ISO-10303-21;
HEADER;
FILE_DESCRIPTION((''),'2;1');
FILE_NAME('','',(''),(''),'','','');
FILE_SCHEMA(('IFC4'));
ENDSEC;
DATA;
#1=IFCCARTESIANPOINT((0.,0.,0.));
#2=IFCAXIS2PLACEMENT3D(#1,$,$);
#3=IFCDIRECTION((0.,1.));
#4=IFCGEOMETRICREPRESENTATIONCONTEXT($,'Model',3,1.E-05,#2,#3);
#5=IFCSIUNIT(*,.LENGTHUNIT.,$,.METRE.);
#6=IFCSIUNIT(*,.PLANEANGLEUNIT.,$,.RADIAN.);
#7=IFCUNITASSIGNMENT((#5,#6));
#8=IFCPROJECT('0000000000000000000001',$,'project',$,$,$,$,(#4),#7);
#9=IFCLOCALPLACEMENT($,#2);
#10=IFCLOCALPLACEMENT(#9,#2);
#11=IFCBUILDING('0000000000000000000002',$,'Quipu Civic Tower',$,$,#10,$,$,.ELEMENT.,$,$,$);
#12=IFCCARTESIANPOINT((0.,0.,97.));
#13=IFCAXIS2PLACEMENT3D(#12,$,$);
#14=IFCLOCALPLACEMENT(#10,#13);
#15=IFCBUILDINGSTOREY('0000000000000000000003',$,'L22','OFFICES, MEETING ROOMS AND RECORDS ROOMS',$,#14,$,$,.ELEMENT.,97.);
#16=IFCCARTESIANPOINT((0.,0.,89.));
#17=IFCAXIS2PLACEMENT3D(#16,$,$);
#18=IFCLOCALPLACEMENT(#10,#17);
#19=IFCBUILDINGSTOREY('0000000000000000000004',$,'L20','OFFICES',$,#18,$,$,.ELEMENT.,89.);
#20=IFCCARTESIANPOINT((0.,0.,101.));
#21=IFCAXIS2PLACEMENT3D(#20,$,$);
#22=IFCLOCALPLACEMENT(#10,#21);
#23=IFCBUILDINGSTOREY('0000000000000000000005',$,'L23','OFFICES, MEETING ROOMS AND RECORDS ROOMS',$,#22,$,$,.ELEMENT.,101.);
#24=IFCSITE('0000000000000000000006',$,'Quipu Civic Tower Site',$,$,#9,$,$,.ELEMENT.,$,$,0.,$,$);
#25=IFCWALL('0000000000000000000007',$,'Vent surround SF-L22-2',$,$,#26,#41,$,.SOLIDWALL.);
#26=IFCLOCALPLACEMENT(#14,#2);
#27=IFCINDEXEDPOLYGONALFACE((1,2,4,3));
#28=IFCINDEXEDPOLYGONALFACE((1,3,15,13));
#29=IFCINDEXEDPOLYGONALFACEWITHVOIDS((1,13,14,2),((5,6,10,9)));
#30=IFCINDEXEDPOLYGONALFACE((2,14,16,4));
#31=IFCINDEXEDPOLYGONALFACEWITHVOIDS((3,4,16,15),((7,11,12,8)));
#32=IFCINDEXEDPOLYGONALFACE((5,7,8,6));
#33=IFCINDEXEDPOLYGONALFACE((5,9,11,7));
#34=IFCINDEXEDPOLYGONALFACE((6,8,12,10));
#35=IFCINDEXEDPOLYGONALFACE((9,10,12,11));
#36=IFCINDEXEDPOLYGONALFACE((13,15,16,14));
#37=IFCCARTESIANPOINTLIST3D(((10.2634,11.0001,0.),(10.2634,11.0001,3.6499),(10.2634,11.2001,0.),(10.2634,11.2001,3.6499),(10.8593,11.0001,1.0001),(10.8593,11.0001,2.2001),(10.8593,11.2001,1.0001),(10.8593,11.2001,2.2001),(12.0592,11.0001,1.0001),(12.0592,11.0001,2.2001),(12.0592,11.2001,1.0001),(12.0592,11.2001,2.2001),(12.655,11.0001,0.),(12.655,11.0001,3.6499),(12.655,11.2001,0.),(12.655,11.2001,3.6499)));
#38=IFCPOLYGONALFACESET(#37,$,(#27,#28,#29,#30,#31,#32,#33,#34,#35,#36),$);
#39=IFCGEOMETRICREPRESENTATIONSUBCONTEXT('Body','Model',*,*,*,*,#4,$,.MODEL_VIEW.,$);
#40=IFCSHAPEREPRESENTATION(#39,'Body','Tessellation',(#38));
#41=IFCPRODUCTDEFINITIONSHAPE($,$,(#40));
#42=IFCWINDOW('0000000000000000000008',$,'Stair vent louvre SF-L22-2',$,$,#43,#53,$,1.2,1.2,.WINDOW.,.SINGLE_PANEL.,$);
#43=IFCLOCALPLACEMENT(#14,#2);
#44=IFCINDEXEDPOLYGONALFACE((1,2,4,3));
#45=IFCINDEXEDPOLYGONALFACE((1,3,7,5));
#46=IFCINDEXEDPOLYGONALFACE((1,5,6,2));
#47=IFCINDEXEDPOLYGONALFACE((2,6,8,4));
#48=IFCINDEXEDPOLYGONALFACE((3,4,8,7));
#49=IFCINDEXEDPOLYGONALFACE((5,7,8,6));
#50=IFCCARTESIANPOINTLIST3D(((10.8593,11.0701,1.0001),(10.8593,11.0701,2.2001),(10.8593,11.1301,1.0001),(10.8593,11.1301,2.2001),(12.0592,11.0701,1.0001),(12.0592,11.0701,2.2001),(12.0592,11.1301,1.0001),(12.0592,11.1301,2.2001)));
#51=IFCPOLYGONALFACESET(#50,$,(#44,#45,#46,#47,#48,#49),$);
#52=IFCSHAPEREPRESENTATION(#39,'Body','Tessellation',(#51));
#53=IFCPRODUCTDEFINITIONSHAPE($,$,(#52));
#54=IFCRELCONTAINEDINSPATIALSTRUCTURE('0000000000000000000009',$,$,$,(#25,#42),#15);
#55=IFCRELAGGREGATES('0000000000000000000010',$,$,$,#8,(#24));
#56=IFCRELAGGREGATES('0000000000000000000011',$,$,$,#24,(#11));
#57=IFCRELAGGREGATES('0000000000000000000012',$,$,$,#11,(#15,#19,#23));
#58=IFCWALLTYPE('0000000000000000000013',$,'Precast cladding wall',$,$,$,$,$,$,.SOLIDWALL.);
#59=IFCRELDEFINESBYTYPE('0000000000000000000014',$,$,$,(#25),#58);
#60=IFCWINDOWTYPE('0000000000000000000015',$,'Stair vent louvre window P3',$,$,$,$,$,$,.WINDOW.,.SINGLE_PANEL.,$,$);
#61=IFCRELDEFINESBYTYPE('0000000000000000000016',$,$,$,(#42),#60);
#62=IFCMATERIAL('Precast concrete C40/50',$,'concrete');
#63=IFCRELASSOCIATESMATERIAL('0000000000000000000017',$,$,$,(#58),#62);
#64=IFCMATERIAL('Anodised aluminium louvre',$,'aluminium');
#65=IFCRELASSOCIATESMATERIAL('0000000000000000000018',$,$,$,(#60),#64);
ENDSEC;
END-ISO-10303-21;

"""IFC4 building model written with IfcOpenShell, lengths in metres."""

from ifc_helpers import new_model, si_unit, direction, frame, frame_2d, origin, place, context, subcontext, project, spatial, rectangle, extrude, material, type_object, element, fill, save


model = new_model("IFC4")

# Units and contexts
model_context = context("Model", 3, precision=1e-05, world=origin(), true_north=direction((0.0, 1.0)))
body_context = subcontext(model_context, "Body", "Model", "MODEL_VIEW")
ifc_project = project(units=[si_unit("LENGTHUNIT", "METRE"), si_unit("PLANEANGLEUNIT", "RADIAN")], contexts=[model_context])

# Site, building, storey
site_placement = place(None, origin())
site = spatial("IfcSite", under=ifc_project, at=site_placement, Name="Quipu Civic Tower Site", CompositionType="ELEMENT", RefElevation=0.0)
building_placement = place(site_placement, origin())
building = spatial("IfcBuilding", under=site, at=building_placement, Name="Quipu Civic Tower", CompositionType="ELEMENT")
storey_1_placement = place(building_placement, frame((0.0, 0.0, 97.0)))
storey_1 = spatial("IfcBuildingStorey", under=building, at=storey_1_placement, Name="L22", Description="OFFICES, MEETING ROOMS AND RECORDS ROOMS", CompositionType="ELEMENT", Elevation=97.0)

# Shared definitions
storey_2_placement = place(building_placement, frame((0.0, 0.0, 89.0)))
storey_2 = spatial("IfcBuildingStorey", under=building, at=storey_2_placement, Name="L20", Description="OFFICES", CompositionType="ELEMENT", Elevation=89.0)

# Shared definitions
storey_3_placement = place(building_placement, frame((0.0, 0.0, 101.0)))
storey_3 = spatial("IfcBuildingStorey", under=building, at=storey_3_placement, Name="L23", Description="OFFICES, MEETING ROOMS AND RECORDS ROOMS", CompositionType="ELEMENT", Elevation=101.0)

# Wall, opening, window
ifc_material_1 = material(Name="Precast concrete C40/50", Category="concrete")
wall_type = type_object("IfcWallType", Name="Precast cladding wall", PredefinedType="SOLIDWALL", material=ifc_material_1)
wall_placement = place(storey_1_placement, frame((12.655, 11.1001, 0.0), z_axis=(0.0, 0.0, 1.0), x_axis=(-1.0, 0.0, 0.0)))
wall = element("IfcWall", 1, at=wall_placement, inside=storey_1, type_object=wall_type, Name="Vent surround SF-L22-2", PredefinedType="SOLIDWALL", context=body_context, shape_type="SweptSolid", body=[
    extrude(rectangle(XDim=2.3916, YDim=0.2, at=frame_2d((1.1958, 0.0))), origin(), (0.0, 0.0, 1.0), 3.6499),
])
opening_placement = place(wall_placement, frame((0.5957, 0.0, 1.0)))
opening = element("IfcOpeningElement", 2, at=opening_placement, cuts=wall, PredefinedType="OPENING", context=body_context, shape_type="SweptSolid", body=[
    extrude(rectangle(XDim=1.2, YDim=1.2, at=frame_2d((0.6001, 0.6001))), frame((0.0, 0.1099, 0.0), z_axis=(0.0, -1.0, 0.0), x_axis=(1.0, 0.0, 0.0)), (0.0, 0.0, 1.0), 0.22),
])
ifc_material_2 = material(Name="Anodised aluminium louvre", Category="aluminium")
window_type = type_object("IfcWindowType", Name="Stair vent louvre window P3", PartitioningType="SINGLE_PANEL", PredefinedType="WINDOW", material=ifc_material_2)
window_placement = place(opening_placement, origin())
window = element("IfcWindow", 3, at=window_placement, inside=storey_1, type_object=window_type, Name="Stair vent louvre SF-L22-2", OverallHeight=1.2, OverallWidth=1.2, PartitioningType="SINGLE_PANEL", PredefinedType="WINDOW", context=body_context, shape_type="SweptSolid", body=[
    extrude(rectangle(XDim=1.2, YDim=1.2, at=frame_2d((0.6001, 0.6001))), frame((0.0, 0.03, 0.0), z_axis=(0.0, -1.0, 0.0), x_axis=(1.0, 0.0, 0.0)), (0.0, 0.0, 1.0), 0.0601),
])
fill(opening, window)

save(model, "model.ifc")
